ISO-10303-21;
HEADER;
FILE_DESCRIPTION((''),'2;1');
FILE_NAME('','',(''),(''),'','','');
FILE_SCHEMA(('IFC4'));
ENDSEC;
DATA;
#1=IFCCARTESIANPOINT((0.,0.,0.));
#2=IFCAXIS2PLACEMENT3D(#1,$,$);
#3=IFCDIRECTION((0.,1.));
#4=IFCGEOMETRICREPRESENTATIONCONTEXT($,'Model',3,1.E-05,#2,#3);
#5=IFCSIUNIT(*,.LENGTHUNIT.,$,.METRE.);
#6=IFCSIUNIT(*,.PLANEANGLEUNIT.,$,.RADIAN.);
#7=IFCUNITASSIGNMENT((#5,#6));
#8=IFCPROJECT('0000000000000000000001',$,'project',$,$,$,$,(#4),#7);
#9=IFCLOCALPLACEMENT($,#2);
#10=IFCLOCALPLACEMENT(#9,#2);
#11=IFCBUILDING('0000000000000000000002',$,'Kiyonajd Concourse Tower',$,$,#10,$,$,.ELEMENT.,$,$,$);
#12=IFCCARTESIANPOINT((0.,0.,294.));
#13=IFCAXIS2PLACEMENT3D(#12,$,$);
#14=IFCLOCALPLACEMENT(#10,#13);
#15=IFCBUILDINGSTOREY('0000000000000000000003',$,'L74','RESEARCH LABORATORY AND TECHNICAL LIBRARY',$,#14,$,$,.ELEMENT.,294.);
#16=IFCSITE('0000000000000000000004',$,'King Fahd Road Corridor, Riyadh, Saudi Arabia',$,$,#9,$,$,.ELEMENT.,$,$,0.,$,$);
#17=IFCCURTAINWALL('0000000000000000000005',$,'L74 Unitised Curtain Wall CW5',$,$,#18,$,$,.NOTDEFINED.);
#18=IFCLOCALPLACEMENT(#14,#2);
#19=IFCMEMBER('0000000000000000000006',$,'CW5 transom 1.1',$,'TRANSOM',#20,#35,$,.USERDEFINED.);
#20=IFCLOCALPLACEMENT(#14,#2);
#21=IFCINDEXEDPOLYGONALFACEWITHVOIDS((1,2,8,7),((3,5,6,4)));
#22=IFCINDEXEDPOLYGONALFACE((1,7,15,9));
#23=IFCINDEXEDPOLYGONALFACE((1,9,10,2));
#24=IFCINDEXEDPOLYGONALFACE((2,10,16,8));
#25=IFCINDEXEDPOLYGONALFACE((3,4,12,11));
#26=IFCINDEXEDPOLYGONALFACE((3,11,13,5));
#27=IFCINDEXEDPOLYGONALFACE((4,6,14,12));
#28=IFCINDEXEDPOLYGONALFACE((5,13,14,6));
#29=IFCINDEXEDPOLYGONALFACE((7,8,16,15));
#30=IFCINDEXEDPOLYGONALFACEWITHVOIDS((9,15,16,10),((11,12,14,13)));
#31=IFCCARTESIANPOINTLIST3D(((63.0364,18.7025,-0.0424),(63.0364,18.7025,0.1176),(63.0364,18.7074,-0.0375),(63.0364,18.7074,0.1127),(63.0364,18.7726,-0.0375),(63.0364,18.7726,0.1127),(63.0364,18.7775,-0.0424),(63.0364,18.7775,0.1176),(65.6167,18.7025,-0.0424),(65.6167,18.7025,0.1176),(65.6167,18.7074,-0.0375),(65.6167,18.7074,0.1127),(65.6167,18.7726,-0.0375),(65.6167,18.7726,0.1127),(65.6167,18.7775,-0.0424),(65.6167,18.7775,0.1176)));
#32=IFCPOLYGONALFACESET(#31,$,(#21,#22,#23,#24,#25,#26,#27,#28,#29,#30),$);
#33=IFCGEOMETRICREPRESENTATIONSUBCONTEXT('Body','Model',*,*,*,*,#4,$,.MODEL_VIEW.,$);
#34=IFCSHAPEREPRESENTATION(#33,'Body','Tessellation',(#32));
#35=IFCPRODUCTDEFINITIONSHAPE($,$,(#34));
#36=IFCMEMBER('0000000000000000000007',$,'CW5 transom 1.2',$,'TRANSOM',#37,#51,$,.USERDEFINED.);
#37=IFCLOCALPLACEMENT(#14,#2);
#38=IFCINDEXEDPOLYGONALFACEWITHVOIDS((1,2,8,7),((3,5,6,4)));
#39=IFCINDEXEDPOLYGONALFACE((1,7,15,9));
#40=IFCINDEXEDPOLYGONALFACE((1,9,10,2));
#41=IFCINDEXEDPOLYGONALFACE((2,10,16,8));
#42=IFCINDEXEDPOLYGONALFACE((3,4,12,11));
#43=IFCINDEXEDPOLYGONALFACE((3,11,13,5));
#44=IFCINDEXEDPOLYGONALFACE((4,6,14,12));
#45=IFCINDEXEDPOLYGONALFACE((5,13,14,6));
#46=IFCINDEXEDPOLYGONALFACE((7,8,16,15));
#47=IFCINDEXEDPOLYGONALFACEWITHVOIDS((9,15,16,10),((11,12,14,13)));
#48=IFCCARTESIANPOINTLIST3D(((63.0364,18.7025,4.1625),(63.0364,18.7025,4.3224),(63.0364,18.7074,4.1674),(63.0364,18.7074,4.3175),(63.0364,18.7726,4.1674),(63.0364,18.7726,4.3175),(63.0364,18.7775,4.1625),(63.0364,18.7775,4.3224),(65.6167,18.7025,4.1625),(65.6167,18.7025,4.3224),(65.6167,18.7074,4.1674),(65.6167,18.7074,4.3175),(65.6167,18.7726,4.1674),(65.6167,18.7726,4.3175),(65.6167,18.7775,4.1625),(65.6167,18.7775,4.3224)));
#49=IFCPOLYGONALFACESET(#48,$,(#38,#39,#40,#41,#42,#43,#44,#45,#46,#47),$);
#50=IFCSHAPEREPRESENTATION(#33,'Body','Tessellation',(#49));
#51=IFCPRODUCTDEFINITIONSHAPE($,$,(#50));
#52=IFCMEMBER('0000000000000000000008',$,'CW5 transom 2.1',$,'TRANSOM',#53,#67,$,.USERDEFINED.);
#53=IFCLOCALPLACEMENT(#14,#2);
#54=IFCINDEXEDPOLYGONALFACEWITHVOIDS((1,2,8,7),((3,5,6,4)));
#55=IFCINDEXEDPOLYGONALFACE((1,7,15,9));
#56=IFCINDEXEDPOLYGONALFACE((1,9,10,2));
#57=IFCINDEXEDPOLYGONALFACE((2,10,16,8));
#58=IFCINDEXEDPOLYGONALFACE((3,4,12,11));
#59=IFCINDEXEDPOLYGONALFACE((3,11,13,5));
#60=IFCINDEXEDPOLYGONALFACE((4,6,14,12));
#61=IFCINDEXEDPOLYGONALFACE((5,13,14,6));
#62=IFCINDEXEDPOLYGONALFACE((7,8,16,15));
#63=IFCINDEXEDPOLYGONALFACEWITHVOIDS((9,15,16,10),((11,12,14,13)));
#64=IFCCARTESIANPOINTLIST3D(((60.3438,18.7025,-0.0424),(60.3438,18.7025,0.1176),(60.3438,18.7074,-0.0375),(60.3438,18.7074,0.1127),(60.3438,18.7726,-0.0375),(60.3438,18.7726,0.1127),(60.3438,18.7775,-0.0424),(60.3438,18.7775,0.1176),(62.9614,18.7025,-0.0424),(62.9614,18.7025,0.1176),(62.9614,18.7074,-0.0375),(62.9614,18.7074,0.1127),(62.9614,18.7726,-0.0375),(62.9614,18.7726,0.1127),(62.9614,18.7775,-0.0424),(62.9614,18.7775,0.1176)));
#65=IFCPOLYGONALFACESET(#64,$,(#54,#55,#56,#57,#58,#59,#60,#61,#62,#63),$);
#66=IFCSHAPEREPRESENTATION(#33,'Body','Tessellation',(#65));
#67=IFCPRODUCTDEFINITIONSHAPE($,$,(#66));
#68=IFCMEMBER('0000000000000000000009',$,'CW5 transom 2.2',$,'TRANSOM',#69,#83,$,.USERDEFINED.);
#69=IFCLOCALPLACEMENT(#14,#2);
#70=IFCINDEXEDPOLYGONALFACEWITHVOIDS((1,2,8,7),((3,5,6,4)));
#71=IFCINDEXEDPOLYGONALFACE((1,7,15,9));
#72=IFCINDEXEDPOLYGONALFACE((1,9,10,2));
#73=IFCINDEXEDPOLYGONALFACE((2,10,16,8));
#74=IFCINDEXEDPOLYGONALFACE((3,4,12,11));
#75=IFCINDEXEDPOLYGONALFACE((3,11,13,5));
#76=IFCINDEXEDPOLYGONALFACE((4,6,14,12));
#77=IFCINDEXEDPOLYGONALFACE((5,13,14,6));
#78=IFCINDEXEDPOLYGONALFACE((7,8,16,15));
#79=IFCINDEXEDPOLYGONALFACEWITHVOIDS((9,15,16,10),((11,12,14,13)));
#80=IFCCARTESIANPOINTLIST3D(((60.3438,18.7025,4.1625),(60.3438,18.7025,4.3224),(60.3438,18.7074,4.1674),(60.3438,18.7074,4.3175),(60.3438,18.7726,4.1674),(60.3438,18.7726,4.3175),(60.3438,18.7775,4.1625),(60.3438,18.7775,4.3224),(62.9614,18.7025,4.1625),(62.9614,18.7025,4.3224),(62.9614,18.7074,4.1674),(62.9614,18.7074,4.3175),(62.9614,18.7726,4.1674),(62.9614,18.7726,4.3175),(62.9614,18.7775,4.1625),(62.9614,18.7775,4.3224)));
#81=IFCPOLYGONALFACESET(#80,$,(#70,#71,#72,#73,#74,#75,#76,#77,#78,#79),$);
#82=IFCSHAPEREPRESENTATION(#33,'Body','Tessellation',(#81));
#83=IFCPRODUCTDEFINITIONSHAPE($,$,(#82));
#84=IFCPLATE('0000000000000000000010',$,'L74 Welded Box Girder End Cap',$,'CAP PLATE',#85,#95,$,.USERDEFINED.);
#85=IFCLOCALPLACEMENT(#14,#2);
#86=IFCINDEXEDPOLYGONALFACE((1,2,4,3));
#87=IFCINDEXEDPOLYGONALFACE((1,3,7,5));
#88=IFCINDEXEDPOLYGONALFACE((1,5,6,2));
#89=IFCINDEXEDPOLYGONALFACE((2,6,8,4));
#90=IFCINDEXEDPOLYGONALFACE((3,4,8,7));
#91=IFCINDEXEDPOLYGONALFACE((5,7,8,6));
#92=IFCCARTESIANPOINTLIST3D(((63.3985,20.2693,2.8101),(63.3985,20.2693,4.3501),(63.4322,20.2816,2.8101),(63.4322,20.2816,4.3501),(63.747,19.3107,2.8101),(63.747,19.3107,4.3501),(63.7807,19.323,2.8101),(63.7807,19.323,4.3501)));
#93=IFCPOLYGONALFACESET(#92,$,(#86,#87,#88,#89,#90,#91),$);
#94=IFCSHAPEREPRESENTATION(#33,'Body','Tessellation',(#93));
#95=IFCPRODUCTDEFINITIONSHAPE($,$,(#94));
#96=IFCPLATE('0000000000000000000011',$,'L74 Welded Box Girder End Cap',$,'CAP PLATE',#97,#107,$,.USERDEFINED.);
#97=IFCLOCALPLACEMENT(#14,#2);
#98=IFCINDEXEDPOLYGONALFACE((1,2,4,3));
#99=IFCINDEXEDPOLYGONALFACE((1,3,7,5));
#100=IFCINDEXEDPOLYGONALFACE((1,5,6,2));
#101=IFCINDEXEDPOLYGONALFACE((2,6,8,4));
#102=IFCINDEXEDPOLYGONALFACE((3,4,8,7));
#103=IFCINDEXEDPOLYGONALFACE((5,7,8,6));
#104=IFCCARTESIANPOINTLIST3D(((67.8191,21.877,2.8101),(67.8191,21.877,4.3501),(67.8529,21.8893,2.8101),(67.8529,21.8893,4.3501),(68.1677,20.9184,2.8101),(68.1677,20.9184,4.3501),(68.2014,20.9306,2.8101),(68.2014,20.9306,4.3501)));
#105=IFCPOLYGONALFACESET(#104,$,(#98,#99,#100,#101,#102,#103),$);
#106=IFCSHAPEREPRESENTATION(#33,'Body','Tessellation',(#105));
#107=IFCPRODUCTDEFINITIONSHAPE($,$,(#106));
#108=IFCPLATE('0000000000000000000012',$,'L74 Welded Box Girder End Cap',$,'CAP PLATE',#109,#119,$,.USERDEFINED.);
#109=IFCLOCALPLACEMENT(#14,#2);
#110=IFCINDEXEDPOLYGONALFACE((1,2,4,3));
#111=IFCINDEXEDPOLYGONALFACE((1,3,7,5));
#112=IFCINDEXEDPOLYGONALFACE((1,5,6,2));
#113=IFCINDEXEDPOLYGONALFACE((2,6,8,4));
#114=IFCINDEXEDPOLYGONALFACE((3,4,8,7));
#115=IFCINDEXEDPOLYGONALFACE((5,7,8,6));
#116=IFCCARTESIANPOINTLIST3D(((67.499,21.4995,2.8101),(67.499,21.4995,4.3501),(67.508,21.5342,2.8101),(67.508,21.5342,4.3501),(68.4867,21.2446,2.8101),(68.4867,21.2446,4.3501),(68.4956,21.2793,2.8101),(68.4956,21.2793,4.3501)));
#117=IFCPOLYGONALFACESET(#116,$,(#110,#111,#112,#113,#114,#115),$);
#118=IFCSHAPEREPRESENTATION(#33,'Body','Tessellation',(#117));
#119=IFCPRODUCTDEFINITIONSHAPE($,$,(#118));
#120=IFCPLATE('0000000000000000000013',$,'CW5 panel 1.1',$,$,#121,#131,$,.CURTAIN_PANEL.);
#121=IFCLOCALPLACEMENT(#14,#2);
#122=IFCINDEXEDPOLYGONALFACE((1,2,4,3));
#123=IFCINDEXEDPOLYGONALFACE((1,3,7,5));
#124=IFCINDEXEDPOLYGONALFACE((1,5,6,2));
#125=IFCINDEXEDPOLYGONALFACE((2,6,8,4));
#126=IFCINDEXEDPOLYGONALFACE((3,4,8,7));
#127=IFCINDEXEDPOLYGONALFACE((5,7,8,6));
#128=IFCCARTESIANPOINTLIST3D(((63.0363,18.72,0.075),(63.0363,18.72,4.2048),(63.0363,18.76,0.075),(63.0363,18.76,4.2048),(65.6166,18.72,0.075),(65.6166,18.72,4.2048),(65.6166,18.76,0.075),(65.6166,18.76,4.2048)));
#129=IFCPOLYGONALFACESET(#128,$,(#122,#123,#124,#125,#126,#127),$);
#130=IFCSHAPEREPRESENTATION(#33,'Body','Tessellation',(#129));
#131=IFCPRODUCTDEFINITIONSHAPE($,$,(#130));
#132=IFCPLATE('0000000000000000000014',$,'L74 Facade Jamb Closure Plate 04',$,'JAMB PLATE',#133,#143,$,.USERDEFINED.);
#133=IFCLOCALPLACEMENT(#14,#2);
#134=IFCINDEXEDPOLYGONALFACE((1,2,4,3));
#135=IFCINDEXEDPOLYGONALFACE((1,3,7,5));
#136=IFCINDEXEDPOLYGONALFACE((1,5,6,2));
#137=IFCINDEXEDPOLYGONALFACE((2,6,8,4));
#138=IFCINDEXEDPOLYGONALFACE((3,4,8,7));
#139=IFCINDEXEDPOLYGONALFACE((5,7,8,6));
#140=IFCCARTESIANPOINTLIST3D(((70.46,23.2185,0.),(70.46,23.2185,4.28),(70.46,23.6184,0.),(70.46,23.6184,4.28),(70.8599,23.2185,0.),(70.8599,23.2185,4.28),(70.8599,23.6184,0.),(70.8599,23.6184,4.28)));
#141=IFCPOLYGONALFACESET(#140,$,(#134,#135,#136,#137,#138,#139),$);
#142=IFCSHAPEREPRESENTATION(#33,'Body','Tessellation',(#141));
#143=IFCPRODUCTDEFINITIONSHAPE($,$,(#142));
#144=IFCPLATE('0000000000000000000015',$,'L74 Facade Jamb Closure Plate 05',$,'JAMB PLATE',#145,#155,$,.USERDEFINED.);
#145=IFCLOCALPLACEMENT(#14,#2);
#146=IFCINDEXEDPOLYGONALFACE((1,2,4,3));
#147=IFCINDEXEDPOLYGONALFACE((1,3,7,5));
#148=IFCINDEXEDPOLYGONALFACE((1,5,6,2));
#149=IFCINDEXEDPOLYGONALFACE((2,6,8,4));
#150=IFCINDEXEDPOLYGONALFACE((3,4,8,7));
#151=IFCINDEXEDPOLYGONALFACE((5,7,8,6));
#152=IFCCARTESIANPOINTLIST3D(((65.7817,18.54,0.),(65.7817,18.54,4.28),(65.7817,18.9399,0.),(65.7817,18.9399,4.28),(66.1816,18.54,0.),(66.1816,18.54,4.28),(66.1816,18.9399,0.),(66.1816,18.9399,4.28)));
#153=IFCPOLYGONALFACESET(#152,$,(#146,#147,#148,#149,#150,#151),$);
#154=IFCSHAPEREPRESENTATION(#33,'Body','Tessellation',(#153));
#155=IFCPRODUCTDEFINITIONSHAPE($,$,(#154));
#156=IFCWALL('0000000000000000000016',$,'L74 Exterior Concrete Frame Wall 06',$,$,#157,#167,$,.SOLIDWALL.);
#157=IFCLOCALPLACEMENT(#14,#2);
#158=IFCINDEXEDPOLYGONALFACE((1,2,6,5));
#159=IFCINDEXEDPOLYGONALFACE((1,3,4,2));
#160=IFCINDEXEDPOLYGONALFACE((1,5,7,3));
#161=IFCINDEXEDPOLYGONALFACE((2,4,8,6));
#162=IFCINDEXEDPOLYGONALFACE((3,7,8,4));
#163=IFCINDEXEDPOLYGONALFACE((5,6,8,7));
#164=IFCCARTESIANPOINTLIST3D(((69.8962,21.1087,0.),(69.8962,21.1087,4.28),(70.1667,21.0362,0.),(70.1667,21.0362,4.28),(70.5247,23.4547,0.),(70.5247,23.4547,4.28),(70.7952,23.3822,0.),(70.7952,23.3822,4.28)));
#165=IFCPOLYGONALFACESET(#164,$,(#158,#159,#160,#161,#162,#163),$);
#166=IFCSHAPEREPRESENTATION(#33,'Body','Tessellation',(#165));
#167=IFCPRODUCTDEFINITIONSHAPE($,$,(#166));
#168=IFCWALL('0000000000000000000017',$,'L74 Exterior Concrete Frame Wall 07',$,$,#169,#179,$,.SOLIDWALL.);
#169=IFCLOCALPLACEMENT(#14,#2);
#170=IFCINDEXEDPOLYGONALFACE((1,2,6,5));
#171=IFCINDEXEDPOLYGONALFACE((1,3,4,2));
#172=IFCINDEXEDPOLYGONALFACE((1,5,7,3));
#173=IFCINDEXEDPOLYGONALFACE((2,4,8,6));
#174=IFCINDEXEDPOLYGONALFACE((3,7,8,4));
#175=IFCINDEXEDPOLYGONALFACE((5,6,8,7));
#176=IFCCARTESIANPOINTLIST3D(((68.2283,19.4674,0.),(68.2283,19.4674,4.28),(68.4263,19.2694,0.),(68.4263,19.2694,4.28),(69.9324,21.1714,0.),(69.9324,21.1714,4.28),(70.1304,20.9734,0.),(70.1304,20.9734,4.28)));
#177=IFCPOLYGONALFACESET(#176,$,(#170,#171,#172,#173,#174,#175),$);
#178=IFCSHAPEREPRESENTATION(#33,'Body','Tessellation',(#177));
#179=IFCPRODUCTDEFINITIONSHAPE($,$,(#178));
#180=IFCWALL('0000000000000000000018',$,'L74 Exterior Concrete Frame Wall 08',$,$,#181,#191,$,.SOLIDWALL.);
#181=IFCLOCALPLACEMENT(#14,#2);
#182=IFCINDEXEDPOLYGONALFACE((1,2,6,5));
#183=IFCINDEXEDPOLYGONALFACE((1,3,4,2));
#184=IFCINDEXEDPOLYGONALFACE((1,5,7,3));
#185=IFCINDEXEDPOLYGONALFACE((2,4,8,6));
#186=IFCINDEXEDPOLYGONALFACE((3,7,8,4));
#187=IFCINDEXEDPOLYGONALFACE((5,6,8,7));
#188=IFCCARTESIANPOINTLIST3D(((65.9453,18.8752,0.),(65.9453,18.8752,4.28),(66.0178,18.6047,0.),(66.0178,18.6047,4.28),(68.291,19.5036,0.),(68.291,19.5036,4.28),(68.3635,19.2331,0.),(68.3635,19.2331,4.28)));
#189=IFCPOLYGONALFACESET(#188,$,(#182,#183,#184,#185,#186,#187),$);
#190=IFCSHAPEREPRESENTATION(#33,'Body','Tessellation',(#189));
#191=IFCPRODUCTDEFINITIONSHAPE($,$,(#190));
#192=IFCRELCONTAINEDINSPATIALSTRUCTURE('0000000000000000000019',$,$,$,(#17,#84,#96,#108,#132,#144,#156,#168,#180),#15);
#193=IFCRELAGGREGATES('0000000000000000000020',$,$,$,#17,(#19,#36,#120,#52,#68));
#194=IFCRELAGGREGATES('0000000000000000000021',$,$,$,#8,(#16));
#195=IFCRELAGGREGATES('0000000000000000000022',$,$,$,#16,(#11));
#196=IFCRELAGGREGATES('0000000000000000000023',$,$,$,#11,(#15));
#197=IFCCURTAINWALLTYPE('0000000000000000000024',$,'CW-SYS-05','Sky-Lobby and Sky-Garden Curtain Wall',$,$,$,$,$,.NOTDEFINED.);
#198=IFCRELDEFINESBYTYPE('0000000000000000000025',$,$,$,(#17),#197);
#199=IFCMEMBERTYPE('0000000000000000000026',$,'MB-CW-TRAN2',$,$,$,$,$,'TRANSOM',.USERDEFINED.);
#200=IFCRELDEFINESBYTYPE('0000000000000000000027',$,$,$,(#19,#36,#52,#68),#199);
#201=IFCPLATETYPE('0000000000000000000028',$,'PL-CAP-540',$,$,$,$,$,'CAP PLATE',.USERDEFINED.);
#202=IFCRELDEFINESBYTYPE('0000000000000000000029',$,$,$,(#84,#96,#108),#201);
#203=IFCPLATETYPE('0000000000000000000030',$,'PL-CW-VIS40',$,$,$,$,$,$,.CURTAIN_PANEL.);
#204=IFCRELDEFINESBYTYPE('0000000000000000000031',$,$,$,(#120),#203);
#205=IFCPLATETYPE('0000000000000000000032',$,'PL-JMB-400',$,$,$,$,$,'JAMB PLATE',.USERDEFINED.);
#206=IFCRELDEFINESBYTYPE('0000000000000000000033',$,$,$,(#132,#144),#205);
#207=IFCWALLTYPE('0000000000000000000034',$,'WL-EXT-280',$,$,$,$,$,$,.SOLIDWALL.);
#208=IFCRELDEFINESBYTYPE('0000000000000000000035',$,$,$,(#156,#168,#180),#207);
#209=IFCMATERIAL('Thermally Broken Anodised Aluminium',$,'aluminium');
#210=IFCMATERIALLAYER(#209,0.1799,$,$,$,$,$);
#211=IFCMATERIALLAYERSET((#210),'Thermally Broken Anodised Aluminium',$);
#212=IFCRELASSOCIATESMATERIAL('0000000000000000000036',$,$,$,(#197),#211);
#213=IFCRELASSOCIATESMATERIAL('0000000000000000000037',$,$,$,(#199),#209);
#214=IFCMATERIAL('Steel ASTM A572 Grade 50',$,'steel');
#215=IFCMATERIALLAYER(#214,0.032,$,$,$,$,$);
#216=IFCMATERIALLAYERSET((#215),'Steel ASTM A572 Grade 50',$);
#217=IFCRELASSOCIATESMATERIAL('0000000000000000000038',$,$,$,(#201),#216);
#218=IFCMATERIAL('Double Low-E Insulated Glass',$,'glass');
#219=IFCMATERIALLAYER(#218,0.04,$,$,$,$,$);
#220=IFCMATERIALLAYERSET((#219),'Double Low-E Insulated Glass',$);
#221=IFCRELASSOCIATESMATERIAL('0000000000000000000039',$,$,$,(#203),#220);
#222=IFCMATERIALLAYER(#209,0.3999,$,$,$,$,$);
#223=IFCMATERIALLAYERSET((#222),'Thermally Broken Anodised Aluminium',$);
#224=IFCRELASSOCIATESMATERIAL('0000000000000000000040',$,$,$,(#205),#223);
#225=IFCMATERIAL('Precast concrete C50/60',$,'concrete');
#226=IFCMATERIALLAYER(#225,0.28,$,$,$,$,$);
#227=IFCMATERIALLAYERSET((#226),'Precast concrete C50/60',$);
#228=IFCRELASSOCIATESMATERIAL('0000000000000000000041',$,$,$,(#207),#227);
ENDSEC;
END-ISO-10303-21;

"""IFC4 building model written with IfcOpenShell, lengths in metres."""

from ifc_helpers import new_model, si_unit, direction, frame, frame_2d, origin, origin_2d, place, context, subcontext, project, spatial, rectangle, hollow_rectangle, extrude, material, layer, layer_set, material_profile, profile_set, type_object, element, aggregate, save


model = new_model("IFC4")

# Units and contexts
model_context = context("Model", 3, precision=1e-05, world=origin(), true_north=direction((0.0, 1.0)))
body_context = subcontext(model_context, "Body", "Model", "MODEL_VIEW")
ifc_project = project(units=[si_unit("LENGTHUNIT", "METRE"), si_unit("PLANEANGLEUNIT", "RADIAN")], contexts=[model_context])

# Site, building, storey
site_placement = place(None, origin())
site = spatial("IfcSite", under=ifc_project, at=site_placement, Name="King Fahd Road Corridor, Riyadh, Saudi Arabia", CompositionType="ELEMENT", RefElevation=0.0)
building_placement = place(site_placement, origin())
building = spatial("IfcBuilding", under=site, at=building_placement, Name="Kiyonajd Concourse Tower", CompositionType="ELEMENT")
storey_placement = place(building_placement, frame((0.0, 0.0, 294.0)))
storey = spatial("IfcBuildingStorey", under=building, at=storey_placement, Name="L74", Description="RESEARCH LABORATORY AND TECHNICAL LIBRARY", CompositionType="ELEMENT", Elevation=294.0)

# Shared definitions
ifc_material_1 = material(Name="Steel ASTM A572 Grade 50", Category="steel")

# Shared definitions
ifc_material_2 = material(Name="Thermally Broken Anodised Aluminium", Category="aluminium")
ifc_layer_1 = layer(ifc_material_2, 0.1799)
ifc_layer_set_1 = layer_set([ifc_layer_1], Name="Thermally Broken Anodised Aluminium")
curtain_wall_type = type_object("IfcCurtainWallType", Name="CW-SYS-05", Description="Sky-Lobby and Sky-Garden Curtain Wall", PredefinedType="NOTDEFINED", material=ifc_layer_set_1)

# Curtain wall, members
curtain_wall_1_placement = place(storey_placement, origin())
curtain_wall_1 = element("IfcCurtainWall", 1, at=curtain_wall_1_placement, inside=storey, type_object=curtain_wall_type, Name="L74 Unitised Curtain Wall CW5", PredefinedType="NOTDEFINED")
ifc_material_profile_1 = material_profile(ifc_material_2, hollow_rectangle(XDim=0.075, YDim=0.1599, WallThickness=0.0049, at=origin_2d()), Name="TRAN-75x160")
ifc_profile_set_1 = profile_set([ifc_material_profile_1], Name="Thermally Broken Anodised Aluminium")
member_type_1 = type_object("IfcMemberType", Name="MB-CW-TRAN2", ElementType="TRANSOM", PredefinedType="USERDEFINED", material=ifc_profile_set_1)
member_1_placement = place(storey_placement, frame((65.6167, 18.74, 0.0376), z_axis=(-1.0, 0.0, 0.0), x_axis=(0.0, -1.0, 0.0)))
member_1 = element("IfcMember", 2, at=member_1_placement, type_object=member_type_1, Name="CW5 transom 1.1", ObjectType="TRANSOM", PredefinedType="USERDEFINED", context=body_context, shape_type="SweptSolid", body=[
    extrude(hollow_rectangle(XDim=0.075, YDim=0.1599, WallThickness=0.0049, at=origin_2d()), origin(), (0.0, 0.0, 1.0), 2.5803),
])
member_2_placement = place(storey_placement, frame((65.6167, 18.74, 4.2424), z_axis=(-1.0, 0.0, 0.0), x_axis=(0.0, -1.0, 0.0)))
member_2 = element("IfcMember", 3, at=member_2_placement, type_object=member_type_1, Name="CW5 transom 1.2", ObjectType="TRANSOM", PredefinedType="USERDEFINED", context=body_context, shape_type="SweptSolid", body=[
    extrude(hollow_rectangle(XDim=0.075, YDim=0.1599, WallThickness=0.0049, at=origin_2d()), origin(), (0.0, 0.0, 1.0), 2.5803),
])
member_3_placement = place(storey_placement, frame((62.9614, 18.74, 0.0376), z_axis=(-1.0, 0.0, 0.0), x_axis=(0.0, -1.0, 0.0)))
member_3 = element("IfcMember", 4, at=member_3_placement, type_object=member_type_1, Name="CW5 transom 2.1", ObjectType="TRANSOM", PredefinedType="USERDEFINED", context=body_context, shape_type="SweptSolid", body=[
    extrude(hollow_rectangle(XDim=0.075, YDim=0.1599, WallThickness=0.0049, at=origin_2d()), origin(), (0.0, 0.0, 1.0), 2.6177),
])
member_4_placement = place(storey_placement, frame((62.9614, 18.74, 4.2424), z_axis=(-1.0, 0.0, 0.0), x_axis=(0.0, -1.0, 0.0)))
member_4 = element("IfcMember", 5, at=member_4_placement, type_object=member_type_1, Name="CW5 transom 2.2", ObjectType="TRANSOM", PredefinedType="USERDEFINED", context=body_context, shape_type="SweptSolid", body=[
    extrude(hollow_rectangle(XDim=0.075, YDim=0.1599, WallThickness=0.0049, at=origin_2d()), origin(), (0.0, 0.0, 1.0), 2.6177),
])

# Plates
ifc_layer_2 = layer(ifc_material_1, 0.032)
ifc_layer_set_2 = layer_set([ifc_layer_2], Name="Steel ASTM A572 Grade 50")
plate_type_1 = type_object("IfcPlateType", Name="PL-CAP-540", ElementType="CAP PLATE", PredefinedType="USERDEFINED", material=ifc_layer_set_2)
for number, where, z_axis, x_axis, name in (
    (6, (63.5896, 19.7961, 2.8101), (0.0, 0.0, 1.0), (-0.939812, -0.341692, 0.0), "L74 Welded Box Girder End Cap"),
    (7, (68.0103, 21.4038, 2.8101), (0.0, 0.0, 1.0), (0.939812, 0.341692, 0.0), "L74 Welded Box Girder End Cap"),
    (8, (67.9973, 21.3894, 2.8101), (0.0, 0.0, 1.0), (-0.249873, -0.968279, 0.0), "L74 Welded Box Girder End Cap"),
):
    element("IfcPlate", number, at=place(storey_placement, frame(where, z_axis=z_axis, x_axis=x_axis)), inside=storey, type_object=plate_type_1, Name=name, ObjectType="CAP PLATE", PredefinedType="USERDEFINED", context=body_context, shape_type="SweptSolid", body=[
        extrude(rectangle(XDim=0.0359, YDim=1.02, at=origin_2d()), origin(), (0.0, 0.0, 1.0), 1.54),
    ])

# Plate
ifc_material_3 = material(Name="Double Low-E Insulated Glass", Category="glass")
ifc_layer_3 = layer(ifc_material_3, 0.04)
ifc_layer_set_3 = layer_set([ifc_layer_3], Name="Double Low-E Insulated Glass")
plate_type_2 = type_object("IfcPlateType", Name="PL-CW-VIS40", PredefinedType="CURTAIN_PANEL", material=ifc_layer_set_3)
plate_placement = place(storey_placement, frame((64.3264, 18.74, 0.075), z_axis=(0.0, 0.0, 1.0), x_axis=(-1.0, 0.0, 0.0)))
plate = element("IfcPlate", 9, at=plate_placement, type_object=plate_type_2, Name="CW5 panel 1.1", PredefinedType="CURTAIN_PANEL", context=body_context, shape_type="SweptSolid", body=[
    extrude(rectangle(XDim=2.5803, YDim=0.04, at=origin_2d()), origin(), (0.0, 0.0, 1.0), 4.1299),
])
aggregate(curtain_wall_1, [member_1, member_2, plate, member_3, member_4])

# Plates
ifc_layer_4 = layer(ifc_material_2, 0.3999)
ifc_layer_set_4 = layer_set([ifc_layer_4], Name="Thermally Broken Anodised Aluminium")
plate_type_3 = type_object("IfcPlateType", Name="PL-JMB-400", ElementType="JAMB PLATE", PredefinedType="USERDEFINED", material=ifc_layer_set_4)
for number, where, z_axis, x_axis, name in (
    (10, (70.6599, 23.4185, 0.0), (0.0, 0.0, 1.0), (1.0, 0.0, 0.0), "L74 Facade Jamb Closure Plate 04"),
    (11, (65.9817, 18.74, 0.0), (0.0, 0.0, 1.0), (1.0, 0.0, 0.0), "L74 Facade Jamb Closure Plate 05"),
):
    element("IfcPlate", number, at=place(storey_placement, frame(where, z_axis=z_axis, x_axis=x_axis)), inside=storey, type_object=plate_type_3, Name=name, ObjectType="JAMB PLATE", PredefinedType="USERDEFINED", context=body_context, shape_type="SweptSolid", body=[
        extrude(rectangle(XDim=0.3999, YDim=0.3999, at=origin_2d()), origin(), (0.0, 0.0, 1.0), 4.28),
    ])

# Walls
ifc_material_4 = material(Name="Precast concrete C50/60", Category="concrete")
ifc_layer_5 = layer(ifc_material_4, 0.28)
ifc_layer_set_5 = layer_set([ifc_layer_5], Name="Precast concrete C50/60")
wall_type = type_object("IfcWallType", Name="WL-EXT-280", PredefinedType="SOLIDWALL", material=ifc_layer_set_5)
wall_1_placement = place(storey_placement, frame((70.6599, 23.4185, 0.0), z_axis=(0.0, 0.0, 1.0), x_axis=(-0.258751, -0.965944, 0.0)))
element("IfcWall", 12, at=wall_1_placement, inside=storey, type_object=wall_type, Name="L74 Exterior Concrete Frame Wall 06", PredefinedType="SOLIDWALL", context=body_context, shape_type="SweptSolid", body=[
    extrude(rectangle(XDim=2.4287, YDim=0.28, at=frame_2d((1.2144, 0.0))), origin(), (0.0, 0.0, 1.0), 4.28),
])
wall_2_placement = place(storey_placement, frame((70.0315, 21.0725, 0.0), z_axis=(0.0, 0.0, 1.0), x_axis=(-0.707107, -0.707107, 0.0)))
element("IfcWall", 13, at=wall_2_placement, inside=storey, type_object=wall_type, Name="L74 Exterior Concrete Frame Wall 07", PredefinedType="SOLIDWALL", context=body_context, shape_type="SweptSolid", body=[
    extrude(rectangle(XDim=2.4099, YDim=0.28, at=frame_2d((1.2051, 0.0))), origin(), (0.0, 0.0, 1.0), 4.28),
])
wall_3_placement = place(storey_placement, frame((68.3274, 19.3684, 0.0), z_axis=(0.0, 0.0, 1.0), x_axis=(-0.965937, -0.258776, 0.0)))
element("IfcWall", 14, at=wall_3_placement, inside=storey, type_object=wall_type, Name="L74 Exterior Concrete Frame Wall 08", PredefinedType="SOLIDWALL", context=body_context, shape_type="SweptSolid", body=[
    extrude(rectangle(XDim=2.4285, YDim=0.28, at=frame_2d((1.2144, 0.0))), origin(), (0.0, 0.0, 1.0), 4.28),
])

save(model, "model.ifc")
